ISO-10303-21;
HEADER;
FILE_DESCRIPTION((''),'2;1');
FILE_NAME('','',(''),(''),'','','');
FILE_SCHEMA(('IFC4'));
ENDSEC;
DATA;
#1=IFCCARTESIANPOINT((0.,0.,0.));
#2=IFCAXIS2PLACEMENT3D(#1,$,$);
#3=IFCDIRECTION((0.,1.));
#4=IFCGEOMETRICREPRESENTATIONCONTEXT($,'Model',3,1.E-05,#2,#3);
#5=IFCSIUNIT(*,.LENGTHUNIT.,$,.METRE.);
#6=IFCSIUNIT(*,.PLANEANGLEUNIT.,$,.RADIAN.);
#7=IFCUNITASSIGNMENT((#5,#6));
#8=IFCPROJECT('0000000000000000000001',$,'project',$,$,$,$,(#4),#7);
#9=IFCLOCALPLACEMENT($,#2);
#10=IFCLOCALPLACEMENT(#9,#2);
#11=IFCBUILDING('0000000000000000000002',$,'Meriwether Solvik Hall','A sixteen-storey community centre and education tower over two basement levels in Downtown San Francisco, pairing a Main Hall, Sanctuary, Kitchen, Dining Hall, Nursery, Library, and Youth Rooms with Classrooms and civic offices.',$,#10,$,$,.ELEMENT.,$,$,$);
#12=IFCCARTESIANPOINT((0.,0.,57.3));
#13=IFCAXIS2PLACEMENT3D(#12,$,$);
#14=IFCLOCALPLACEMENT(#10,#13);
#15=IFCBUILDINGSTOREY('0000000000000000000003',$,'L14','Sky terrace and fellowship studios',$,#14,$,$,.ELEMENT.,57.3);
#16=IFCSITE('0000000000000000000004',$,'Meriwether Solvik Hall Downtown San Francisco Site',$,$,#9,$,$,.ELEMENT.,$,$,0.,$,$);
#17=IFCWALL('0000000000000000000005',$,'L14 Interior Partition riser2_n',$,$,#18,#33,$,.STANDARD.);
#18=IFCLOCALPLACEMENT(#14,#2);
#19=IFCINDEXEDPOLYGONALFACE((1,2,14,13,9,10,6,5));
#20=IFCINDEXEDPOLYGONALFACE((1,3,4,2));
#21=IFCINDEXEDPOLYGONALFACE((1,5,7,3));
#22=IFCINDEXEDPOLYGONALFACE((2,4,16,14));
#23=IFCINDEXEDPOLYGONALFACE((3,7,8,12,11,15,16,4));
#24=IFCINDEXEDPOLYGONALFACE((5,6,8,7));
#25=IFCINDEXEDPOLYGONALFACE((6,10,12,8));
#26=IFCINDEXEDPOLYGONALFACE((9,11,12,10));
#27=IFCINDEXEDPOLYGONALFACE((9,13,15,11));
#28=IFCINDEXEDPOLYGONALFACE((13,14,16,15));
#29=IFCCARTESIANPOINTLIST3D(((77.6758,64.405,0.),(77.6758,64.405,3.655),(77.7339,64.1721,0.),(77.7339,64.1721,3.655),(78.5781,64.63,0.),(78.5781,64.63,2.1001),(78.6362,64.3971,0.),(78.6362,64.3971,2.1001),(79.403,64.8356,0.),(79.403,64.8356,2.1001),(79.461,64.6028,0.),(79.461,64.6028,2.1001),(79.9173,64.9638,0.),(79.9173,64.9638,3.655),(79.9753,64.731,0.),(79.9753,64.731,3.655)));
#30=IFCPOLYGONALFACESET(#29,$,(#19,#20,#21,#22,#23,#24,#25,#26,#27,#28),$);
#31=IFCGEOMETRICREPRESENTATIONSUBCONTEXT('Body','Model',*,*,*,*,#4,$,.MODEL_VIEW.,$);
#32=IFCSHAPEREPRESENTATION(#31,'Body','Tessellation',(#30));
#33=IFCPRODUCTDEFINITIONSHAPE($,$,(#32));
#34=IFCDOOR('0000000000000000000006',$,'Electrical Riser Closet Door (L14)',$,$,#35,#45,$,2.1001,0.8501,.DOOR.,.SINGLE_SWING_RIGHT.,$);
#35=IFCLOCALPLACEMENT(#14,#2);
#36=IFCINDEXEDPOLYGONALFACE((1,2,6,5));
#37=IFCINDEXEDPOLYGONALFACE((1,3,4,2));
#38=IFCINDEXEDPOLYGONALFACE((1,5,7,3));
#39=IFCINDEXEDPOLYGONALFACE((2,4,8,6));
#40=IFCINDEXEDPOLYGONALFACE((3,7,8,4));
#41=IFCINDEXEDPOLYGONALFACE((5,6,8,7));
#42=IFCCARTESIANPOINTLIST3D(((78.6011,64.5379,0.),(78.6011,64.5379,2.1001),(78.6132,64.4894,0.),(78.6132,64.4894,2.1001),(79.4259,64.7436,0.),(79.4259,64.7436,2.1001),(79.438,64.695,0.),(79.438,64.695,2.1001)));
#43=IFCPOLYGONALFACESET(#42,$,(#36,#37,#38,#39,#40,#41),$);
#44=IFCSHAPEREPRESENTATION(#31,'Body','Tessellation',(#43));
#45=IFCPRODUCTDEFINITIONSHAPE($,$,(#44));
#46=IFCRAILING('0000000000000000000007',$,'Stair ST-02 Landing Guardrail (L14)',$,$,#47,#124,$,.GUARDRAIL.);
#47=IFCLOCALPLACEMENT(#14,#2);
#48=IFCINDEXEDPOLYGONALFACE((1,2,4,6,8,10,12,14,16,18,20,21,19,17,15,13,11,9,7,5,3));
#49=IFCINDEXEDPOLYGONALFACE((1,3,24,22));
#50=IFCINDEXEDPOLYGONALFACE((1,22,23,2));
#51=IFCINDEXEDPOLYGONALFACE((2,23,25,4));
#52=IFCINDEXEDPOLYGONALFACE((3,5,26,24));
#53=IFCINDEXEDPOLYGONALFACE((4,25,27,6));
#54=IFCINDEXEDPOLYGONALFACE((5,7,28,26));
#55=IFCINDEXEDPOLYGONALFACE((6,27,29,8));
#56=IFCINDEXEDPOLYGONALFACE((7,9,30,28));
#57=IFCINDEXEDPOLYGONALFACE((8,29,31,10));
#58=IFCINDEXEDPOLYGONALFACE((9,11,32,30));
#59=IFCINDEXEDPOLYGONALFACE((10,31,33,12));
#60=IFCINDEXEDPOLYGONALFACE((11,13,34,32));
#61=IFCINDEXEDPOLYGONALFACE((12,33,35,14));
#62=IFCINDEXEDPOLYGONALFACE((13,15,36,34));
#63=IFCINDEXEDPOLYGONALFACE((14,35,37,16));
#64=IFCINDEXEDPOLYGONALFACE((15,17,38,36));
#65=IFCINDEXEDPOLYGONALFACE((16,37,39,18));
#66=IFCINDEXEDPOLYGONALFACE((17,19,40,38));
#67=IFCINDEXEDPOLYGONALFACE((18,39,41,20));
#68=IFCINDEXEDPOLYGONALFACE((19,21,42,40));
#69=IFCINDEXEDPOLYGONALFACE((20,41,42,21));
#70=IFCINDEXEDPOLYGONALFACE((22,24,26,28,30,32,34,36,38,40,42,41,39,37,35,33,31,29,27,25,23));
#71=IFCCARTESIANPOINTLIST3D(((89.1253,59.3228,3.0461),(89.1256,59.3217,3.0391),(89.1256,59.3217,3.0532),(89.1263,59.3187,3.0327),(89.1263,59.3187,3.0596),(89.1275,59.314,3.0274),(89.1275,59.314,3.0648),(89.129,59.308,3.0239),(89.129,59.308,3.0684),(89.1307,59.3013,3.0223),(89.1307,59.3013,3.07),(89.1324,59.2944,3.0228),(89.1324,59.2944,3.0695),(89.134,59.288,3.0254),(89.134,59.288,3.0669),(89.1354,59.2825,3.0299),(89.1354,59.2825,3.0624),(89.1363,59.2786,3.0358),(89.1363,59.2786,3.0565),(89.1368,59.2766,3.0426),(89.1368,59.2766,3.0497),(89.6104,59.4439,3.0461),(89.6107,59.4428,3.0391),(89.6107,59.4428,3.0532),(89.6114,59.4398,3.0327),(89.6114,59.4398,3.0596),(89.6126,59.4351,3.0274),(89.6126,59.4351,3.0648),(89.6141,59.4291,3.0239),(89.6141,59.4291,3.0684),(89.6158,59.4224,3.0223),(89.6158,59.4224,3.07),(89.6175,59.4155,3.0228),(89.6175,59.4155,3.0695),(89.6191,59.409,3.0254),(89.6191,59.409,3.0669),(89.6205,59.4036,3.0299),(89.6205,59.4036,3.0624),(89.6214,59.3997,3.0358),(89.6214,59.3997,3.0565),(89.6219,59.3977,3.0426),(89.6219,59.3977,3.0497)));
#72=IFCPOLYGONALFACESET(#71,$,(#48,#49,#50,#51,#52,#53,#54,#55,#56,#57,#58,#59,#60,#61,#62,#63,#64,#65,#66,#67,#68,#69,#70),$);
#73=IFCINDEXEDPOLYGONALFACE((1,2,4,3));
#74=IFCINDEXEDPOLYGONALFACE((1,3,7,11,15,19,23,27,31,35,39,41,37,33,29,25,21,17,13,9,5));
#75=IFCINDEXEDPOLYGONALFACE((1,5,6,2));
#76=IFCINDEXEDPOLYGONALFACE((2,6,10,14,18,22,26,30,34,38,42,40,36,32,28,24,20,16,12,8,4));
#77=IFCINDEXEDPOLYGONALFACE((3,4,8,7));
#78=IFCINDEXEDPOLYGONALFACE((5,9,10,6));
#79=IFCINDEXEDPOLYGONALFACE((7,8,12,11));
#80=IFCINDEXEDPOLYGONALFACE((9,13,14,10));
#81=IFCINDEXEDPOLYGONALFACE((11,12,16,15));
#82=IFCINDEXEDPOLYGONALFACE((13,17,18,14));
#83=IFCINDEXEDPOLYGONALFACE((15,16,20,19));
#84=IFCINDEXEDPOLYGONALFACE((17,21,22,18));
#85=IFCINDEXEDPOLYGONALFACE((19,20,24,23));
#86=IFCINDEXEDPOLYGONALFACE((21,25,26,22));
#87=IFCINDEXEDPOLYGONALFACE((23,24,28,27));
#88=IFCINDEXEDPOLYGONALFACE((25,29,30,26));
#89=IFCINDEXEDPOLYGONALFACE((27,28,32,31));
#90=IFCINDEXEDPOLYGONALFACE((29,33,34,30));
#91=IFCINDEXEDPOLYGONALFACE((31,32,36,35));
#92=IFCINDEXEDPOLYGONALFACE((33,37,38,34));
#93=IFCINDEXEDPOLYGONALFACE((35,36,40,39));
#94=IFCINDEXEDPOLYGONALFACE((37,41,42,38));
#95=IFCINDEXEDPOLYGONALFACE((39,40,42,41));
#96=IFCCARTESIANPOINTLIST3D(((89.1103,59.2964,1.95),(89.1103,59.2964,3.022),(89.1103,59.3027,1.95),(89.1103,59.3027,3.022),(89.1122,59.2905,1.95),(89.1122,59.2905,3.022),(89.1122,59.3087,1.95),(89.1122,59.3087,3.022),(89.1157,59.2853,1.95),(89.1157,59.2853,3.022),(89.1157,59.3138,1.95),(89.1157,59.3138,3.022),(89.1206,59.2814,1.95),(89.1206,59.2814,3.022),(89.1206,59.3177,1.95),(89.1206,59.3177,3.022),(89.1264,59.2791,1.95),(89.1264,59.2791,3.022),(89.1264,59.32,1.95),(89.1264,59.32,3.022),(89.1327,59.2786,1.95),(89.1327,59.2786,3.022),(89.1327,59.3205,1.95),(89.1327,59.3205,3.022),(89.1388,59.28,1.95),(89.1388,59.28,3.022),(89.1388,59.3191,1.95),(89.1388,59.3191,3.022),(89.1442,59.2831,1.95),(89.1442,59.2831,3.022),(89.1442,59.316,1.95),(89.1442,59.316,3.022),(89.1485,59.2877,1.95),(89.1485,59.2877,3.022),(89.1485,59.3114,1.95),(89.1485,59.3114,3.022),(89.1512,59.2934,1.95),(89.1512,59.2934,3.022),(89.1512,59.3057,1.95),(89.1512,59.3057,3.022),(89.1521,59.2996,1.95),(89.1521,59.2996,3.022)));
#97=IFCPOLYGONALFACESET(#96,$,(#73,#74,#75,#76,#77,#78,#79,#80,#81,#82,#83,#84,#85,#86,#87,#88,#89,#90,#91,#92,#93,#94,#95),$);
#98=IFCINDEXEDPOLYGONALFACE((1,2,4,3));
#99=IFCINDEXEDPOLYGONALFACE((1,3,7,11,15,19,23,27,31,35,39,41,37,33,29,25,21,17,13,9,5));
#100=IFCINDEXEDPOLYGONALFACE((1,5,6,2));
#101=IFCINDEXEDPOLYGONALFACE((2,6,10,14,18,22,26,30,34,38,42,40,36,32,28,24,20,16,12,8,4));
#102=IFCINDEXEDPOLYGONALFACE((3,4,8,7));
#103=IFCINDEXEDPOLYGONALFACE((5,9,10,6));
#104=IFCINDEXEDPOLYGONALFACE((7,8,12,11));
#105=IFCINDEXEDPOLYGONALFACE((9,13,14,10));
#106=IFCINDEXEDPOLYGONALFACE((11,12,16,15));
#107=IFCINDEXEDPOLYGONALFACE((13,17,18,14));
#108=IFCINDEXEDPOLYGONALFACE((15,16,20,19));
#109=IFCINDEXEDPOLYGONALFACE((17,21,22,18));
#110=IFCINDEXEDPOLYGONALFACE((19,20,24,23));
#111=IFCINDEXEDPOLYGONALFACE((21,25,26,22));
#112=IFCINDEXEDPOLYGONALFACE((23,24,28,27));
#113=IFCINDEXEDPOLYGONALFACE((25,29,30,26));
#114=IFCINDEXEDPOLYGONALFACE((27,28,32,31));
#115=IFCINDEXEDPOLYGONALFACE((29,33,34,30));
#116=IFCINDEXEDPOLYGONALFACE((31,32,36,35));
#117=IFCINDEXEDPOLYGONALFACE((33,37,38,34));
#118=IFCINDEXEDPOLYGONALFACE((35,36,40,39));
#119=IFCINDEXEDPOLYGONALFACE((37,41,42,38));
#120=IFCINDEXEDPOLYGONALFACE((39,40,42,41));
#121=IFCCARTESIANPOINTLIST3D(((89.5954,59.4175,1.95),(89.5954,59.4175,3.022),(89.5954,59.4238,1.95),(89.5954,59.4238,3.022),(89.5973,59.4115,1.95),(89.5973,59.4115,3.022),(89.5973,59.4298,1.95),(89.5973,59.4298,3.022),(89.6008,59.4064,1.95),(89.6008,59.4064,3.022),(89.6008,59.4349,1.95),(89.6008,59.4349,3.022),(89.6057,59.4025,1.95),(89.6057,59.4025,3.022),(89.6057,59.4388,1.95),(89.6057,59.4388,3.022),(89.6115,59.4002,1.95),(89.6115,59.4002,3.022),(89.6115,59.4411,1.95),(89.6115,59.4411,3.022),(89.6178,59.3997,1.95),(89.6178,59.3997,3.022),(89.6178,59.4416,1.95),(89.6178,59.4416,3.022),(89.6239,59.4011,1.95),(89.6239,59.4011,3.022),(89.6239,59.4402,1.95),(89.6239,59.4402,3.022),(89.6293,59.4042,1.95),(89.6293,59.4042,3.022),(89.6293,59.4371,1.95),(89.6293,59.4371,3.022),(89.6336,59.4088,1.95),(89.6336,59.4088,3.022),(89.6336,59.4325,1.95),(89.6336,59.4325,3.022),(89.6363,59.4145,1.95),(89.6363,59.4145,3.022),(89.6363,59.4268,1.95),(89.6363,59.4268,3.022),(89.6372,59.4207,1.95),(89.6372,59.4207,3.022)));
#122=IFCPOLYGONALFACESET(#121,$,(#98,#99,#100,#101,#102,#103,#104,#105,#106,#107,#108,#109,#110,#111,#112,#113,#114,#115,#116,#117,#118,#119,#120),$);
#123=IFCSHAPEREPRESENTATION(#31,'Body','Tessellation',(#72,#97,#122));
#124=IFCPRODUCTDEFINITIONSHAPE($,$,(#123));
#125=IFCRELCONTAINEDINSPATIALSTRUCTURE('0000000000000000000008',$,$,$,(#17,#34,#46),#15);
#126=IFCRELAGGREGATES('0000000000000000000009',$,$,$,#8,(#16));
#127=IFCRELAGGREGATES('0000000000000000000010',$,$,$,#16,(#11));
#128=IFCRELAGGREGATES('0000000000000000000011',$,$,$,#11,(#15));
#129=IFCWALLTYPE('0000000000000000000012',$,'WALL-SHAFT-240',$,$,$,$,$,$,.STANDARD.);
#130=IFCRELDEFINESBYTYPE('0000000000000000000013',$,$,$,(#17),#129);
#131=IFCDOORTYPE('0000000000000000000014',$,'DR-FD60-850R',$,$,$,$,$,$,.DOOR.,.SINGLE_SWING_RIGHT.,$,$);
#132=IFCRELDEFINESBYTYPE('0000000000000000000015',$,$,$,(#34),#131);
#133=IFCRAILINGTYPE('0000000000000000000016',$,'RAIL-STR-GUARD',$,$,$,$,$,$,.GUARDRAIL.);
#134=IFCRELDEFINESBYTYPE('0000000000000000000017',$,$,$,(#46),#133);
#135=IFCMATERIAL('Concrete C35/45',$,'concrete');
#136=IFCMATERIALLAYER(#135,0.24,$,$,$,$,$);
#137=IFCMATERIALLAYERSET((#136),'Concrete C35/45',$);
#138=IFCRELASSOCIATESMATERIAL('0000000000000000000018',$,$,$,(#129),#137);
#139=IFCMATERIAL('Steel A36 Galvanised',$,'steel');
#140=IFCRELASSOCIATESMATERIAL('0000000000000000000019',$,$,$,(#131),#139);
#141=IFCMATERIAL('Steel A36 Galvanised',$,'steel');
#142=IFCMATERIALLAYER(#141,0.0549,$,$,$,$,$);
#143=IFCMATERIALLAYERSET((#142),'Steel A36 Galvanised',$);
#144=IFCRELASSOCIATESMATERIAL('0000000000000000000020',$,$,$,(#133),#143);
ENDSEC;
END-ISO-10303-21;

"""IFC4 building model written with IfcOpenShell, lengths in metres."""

from ifc_helpers import new_model, si_unit, direction, frame, frame_2d, origin, origin_2d, place, context, subcontext, project, spatial, rectangle, circle, extrude, material, layer, layer_set, type_object, element, fill, save


model = new_model("IFC4")

# Units and contexts
model_context = context("Model", 3, precision=1e-05, world=origin(), true_north=direction((0.0, 1.0)))
body_context = subcontext(model_context, "Body", "Model", "MODEL_VIEW")
ifc_project = project(units=[si_unit("LENGTHUNIT", "METRE"), si_unit("PLANEANGLEUNIT", "RADIAN")], contexts=[model_context])

# Site, building, storey
site_placement = place(None, origin())
site = spatial("IfcSite", under=ifc_project, at=site_placement, Name="Meriwether Solvik Hall Downtown San Francisco Site", CompositionType="ELEMENT", RefElevation=0.0)
building_placement = place(site_placement, origin())
building = spatial("IfcBuilding", under=site, at=building_placement, Name="Meriwether Solvik Hall", Description="A sixteen-storey community centre and education tower over two basement levels in Downtown San Francisco, pairing a Main Hall, Sanctuary, Kitchen, Dining Hall, Nursery, Library, and Youth Rooms with Classrooms and civic offices.", CompositionType="ELEMENT")
storey_placement = place(building_placement, frame((0.0, 0.0, 57.3)))
storey = spatial("IfcBuildingStorey", under=building, at=storey_placement, Name="L14", Description="Sky terrace and fellowship studios", CompositionType="ELEMENT", Elevation=57.3)

# Shared definitions
ifc_material_1 = material(Name="Concrete C35/45", Category="concrete")
ifc_layer_1 = layer(ifc_material_1, 0.24)
ifc_layer_set_1 = layer_set([ifc_layer_1], Name="Concrete C35/45")
wall_type_1 = type_object("IfcWallType", Name="WALL-SHAFT-240", PredefinedType="STANDARD", material=ifc_layer_set_1)

# Wall, opening, door
wall_1_placement = place(storey_placement, frame((79.9463, 64.8474, 0.0), z_axis=(0.0, 0.0, 1.0), x_axis=(-0.970298, -0.241914, 0.0)))
wall_1 = element("IfcWall", 1, at=wall_1_placement, inside=storey, type_object=wall_type_1, Name="L14 Interior Partition riser2_n", PredefinedType="STANDARD", context=body_context, shape_type="SweptSolid", body=[
    extrude(rectangle(XDim=2.3101, YDim=0.24, at=frame_2d((1.155, 0.0))), origin(), (0.0, 0.0, 1.0), 3.655),
])
opening_1_placement = place(wall_1_placement, frame((0.53, 0.0, 0.0)))
opening_1 = element("IfcOpeningElement", 2, at=opening_1_placement, cuts=wall_1, PredefinedType="OPENING", context=body_context, shape_type="SweptSolid", body=[
    extrude(rectangle(XDim=0.8501, YDim=2.1001, at=frame_2d((0.425, 1.05))), frame((0.0, 0.1318, 0.0), z_axis=(0.0, -1.0, 0.0), x_axis=(1.0, 0.0, 0.0)), (0.0, 0.0, 1.0), 0.2639),
])
ifc_material_2 = material(Name="Steel A36 Galvanised", Category="steel")
door_type_1 = type_object("IfcDoorType", Name="DR-FD60-850R", OperationType="SINGLE_SWING_RIGHT", PredefinedType="DOOR", material=ifc_material_2)
door_1_placement = place(opening_1_placement, origin())
door_1 = element("IfcDoor", 3, at=door_1_placement, inside=storey, type_object=door_type_1, Name="Electrical Riser Closet Door (L14)", OperationType="SINGLE_SWING_RIGHT", OverallHeight=2.1001, OverallWidth=0.8501, PredefinedType="DOOR", context=body_context, shape_type="SweptSolid", body=[
    extrude(rectangle(XDim=0.8501, YDim=2.1001, at=frame_2d((0.425, 1.05))), frame((0.0, 0.0249, 0.0), z_axis=(0.0, -1.0, 0.0), x_axis=(1.0, 0.0, 0.0)), (0.0, 0.0, 1.0), 0.05),
])
fill(opening_1, door_1)

# Railing
ifc_material_3 = material(Name="Steel A36 Galvanised", Category="steel")
ifc_layer_2 = layer(ifc_material_3, 0.0549)
ifc_layer_set_2 = layer_set([ifc_layer_2], Name="Steel A36 Galvanised")
railing_type = type_object("IfcRailingType", Name="RAIL-STR-GUARD", PredefinedType="GUARDRAIL", material=ifc_layer_set_2)
railing_1_placement = place(storey_placement, frame((89.1311, 59.2996, 1.95)))
element("IfcRailing", 4, at=railing_1_placement, inside=storey, type_object=railing_type, Name="Stair ST-02 Landing Guardrail (L14)", PredefinedType="GUARDRAIL", context=body_context, shape_type="SweptSolid", body=[
    extrude(circle(Radius=0.0239, at=origin_2d()), frame((0.0, 0.0, 1.0962), z_axis=(0.970229, 0.242191, 0.0), x_axis=(-0.242191, 0.970229, 0.0)), (0.0, 0.0, 1.0), 0.5),
    extrude(circle(Radius=0.021, at=origin_2d()), origin(), (0.0, 0.0, 1.0), 1.072),
    extrude(circle(Radius=0.021, at=origin_2d()), frame((0.4851, 0.1211, 0.0)), (0.0, 0.0, 1.0), 1.072),
])

save(model, "model.ifc")
